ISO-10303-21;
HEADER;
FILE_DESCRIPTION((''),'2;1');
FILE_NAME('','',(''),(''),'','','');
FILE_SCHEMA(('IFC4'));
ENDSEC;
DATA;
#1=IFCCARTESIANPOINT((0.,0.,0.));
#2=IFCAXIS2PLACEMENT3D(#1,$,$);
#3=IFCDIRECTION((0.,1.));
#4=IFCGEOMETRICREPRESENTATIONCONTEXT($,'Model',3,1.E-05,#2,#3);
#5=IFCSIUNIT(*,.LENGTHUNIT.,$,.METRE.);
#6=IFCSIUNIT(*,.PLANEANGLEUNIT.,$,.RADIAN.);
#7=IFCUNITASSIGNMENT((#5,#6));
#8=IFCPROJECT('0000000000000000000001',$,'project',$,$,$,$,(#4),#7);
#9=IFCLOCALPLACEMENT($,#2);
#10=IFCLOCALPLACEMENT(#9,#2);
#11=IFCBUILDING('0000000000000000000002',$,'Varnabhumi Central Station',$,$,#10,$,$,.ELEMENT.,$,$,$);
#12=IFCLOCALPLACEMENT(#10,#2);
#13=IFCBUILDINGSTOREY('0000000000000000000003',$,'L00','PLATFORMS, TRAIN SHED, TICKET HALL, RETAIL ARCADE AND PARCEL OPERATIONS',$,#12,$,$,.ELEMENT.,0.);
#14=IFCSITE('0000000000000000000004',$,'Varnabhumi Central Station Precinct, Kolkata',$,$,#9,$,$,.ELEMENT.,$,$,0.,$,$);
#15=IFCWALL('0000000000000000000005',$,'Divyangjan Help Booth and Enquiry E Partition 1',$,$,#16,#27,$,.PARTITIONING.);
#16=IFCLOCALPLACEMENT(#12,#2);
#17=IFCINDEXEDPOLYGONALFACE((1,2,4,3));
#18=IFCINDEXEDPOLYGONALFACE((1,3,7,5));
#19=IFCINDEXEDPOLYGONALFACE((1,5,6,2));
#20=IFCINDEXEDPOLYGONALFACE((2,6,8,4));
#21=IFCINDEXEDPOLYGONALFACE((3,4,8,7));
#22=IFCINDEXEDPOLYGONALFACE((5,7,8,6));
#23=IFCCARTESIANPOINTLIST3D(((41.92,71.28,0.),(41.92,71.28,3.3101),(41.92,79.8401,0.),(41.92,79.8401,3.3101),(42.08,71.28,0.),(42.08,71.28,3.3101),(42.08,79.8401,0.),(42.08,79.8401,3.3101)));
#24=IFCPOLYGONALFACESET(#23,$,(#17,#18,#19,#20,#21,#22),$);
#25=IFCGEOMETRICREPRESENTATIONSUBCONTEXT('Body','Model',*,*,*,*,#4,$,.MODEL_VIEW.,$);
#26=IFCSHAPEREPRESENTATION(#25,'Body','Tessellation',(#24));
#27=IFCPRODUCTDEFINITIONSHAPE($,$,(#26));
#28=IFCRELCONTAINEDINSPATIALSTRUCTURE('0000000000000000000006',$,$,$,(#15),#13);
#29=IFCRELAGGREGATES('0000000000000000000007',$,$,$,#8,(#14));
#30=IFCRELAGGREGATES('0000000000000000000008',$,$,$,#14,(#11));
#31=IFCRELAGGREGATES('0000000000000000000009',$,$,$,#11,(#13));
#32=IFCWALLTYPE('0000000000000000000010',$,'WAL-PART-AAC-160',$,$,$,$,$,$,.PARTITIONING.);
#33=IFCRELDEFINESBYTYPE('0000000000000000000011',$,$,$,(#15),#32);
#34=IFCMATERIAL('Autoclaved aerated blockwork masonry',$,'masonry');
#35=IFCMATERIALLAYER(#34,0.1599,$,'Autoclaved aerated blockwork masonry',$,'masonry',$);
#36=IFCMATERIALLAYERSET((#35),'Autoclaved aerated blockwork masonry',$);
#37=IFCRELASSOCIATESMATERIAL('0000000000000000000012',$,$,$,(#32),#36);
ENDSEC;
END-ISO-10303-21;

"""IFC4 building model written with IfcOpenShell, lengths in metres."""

from ifc_helpers import new_model, si_unit, direction, frame, frame_2d, origin, place, context, subcontext, project, spatial, rectangle, extrude, material, layer, layer_set, type_object, element, save


model = new_model("IFC4")

# Units and contexts
model_context = context("Model", 3, precision=1e-05, world=origin(), true_north=direction((0.0, 1.0)))
body_context = subcontext(model_context, "Body", "Model", "MODEL_VIEW")
ifc_project = project(units=[si_unit("LENGTHUNIT", "METRE"), si_unit("PLANEANGLEUNIT", "RADIAN")], contexts=[model_context])

# Site, building, storey
site_placement = place(None, origin())
site = spatial("IfcSite", under=ifc_project, at=site_placement, Name="Varnabhumi Central Station Precinct, Kolkata", CompositionType="ELEMENT", RefElevation=0.0)
building_placement = place(site_placement, origin())
building = spatial("IfcBuilding", under=site, at=building_placement, Name="Varnabhumi Central Station", CompositionType="ELEMENT")
storey_placement = place(building_placement, origin())
storey = spatial("IfcBuildingStorey", under=building, at=storey_placement, Name="L00", Description="PLATFORMS, TRAIN SHED, TICKET HALL, RETAIL ARCADE AND PARCEL OPERATIONS", CompositionType="ELEMENT", Elevation=0.0)

# Shared definitions
ifc_material_1 = material(Name="Autoclaved aerated blockwork masonry", Category="masonry")
ifc_layer_1 = layer(ifc_material_1, 0.1599, Name="Autoclaved aerated blockwork masonry", Category="masonry")
ifc_layer_set_1 = layer_set([ifc_layer_1], Name="Autoclaved aerated blockwork masonry")
wall_type = type_object("IfcWallType", Name="WAL-PART-AAC-160", PredefinedType="PARTITIONING", material=ifc_layer_set_1)

# Wall
wall_1_placement = place(storey_placement, frame((42.0, 71.28, 0.0), z_axis=(0.0, 0.0, 1.0), x_axis=(0.0, 1.0, 0.0)))
element("IfcWall", 1, at=wall_1_placement, inside=storey, type_object=wall_type, Name="Divyangjan Help Booth and Enquiry E Partition 1", PredefinedType="PARTITIONING", context=body_context, shape_type="SweptSolid", body=[
    extrude(rectangle(XDim=8.5601, YDim=0.1599, at=frame_2d((4.28, 0.0))), origin(), (0.0, 0.0, 1.0), 3.3101),
])

save(model, "model.ifc")
